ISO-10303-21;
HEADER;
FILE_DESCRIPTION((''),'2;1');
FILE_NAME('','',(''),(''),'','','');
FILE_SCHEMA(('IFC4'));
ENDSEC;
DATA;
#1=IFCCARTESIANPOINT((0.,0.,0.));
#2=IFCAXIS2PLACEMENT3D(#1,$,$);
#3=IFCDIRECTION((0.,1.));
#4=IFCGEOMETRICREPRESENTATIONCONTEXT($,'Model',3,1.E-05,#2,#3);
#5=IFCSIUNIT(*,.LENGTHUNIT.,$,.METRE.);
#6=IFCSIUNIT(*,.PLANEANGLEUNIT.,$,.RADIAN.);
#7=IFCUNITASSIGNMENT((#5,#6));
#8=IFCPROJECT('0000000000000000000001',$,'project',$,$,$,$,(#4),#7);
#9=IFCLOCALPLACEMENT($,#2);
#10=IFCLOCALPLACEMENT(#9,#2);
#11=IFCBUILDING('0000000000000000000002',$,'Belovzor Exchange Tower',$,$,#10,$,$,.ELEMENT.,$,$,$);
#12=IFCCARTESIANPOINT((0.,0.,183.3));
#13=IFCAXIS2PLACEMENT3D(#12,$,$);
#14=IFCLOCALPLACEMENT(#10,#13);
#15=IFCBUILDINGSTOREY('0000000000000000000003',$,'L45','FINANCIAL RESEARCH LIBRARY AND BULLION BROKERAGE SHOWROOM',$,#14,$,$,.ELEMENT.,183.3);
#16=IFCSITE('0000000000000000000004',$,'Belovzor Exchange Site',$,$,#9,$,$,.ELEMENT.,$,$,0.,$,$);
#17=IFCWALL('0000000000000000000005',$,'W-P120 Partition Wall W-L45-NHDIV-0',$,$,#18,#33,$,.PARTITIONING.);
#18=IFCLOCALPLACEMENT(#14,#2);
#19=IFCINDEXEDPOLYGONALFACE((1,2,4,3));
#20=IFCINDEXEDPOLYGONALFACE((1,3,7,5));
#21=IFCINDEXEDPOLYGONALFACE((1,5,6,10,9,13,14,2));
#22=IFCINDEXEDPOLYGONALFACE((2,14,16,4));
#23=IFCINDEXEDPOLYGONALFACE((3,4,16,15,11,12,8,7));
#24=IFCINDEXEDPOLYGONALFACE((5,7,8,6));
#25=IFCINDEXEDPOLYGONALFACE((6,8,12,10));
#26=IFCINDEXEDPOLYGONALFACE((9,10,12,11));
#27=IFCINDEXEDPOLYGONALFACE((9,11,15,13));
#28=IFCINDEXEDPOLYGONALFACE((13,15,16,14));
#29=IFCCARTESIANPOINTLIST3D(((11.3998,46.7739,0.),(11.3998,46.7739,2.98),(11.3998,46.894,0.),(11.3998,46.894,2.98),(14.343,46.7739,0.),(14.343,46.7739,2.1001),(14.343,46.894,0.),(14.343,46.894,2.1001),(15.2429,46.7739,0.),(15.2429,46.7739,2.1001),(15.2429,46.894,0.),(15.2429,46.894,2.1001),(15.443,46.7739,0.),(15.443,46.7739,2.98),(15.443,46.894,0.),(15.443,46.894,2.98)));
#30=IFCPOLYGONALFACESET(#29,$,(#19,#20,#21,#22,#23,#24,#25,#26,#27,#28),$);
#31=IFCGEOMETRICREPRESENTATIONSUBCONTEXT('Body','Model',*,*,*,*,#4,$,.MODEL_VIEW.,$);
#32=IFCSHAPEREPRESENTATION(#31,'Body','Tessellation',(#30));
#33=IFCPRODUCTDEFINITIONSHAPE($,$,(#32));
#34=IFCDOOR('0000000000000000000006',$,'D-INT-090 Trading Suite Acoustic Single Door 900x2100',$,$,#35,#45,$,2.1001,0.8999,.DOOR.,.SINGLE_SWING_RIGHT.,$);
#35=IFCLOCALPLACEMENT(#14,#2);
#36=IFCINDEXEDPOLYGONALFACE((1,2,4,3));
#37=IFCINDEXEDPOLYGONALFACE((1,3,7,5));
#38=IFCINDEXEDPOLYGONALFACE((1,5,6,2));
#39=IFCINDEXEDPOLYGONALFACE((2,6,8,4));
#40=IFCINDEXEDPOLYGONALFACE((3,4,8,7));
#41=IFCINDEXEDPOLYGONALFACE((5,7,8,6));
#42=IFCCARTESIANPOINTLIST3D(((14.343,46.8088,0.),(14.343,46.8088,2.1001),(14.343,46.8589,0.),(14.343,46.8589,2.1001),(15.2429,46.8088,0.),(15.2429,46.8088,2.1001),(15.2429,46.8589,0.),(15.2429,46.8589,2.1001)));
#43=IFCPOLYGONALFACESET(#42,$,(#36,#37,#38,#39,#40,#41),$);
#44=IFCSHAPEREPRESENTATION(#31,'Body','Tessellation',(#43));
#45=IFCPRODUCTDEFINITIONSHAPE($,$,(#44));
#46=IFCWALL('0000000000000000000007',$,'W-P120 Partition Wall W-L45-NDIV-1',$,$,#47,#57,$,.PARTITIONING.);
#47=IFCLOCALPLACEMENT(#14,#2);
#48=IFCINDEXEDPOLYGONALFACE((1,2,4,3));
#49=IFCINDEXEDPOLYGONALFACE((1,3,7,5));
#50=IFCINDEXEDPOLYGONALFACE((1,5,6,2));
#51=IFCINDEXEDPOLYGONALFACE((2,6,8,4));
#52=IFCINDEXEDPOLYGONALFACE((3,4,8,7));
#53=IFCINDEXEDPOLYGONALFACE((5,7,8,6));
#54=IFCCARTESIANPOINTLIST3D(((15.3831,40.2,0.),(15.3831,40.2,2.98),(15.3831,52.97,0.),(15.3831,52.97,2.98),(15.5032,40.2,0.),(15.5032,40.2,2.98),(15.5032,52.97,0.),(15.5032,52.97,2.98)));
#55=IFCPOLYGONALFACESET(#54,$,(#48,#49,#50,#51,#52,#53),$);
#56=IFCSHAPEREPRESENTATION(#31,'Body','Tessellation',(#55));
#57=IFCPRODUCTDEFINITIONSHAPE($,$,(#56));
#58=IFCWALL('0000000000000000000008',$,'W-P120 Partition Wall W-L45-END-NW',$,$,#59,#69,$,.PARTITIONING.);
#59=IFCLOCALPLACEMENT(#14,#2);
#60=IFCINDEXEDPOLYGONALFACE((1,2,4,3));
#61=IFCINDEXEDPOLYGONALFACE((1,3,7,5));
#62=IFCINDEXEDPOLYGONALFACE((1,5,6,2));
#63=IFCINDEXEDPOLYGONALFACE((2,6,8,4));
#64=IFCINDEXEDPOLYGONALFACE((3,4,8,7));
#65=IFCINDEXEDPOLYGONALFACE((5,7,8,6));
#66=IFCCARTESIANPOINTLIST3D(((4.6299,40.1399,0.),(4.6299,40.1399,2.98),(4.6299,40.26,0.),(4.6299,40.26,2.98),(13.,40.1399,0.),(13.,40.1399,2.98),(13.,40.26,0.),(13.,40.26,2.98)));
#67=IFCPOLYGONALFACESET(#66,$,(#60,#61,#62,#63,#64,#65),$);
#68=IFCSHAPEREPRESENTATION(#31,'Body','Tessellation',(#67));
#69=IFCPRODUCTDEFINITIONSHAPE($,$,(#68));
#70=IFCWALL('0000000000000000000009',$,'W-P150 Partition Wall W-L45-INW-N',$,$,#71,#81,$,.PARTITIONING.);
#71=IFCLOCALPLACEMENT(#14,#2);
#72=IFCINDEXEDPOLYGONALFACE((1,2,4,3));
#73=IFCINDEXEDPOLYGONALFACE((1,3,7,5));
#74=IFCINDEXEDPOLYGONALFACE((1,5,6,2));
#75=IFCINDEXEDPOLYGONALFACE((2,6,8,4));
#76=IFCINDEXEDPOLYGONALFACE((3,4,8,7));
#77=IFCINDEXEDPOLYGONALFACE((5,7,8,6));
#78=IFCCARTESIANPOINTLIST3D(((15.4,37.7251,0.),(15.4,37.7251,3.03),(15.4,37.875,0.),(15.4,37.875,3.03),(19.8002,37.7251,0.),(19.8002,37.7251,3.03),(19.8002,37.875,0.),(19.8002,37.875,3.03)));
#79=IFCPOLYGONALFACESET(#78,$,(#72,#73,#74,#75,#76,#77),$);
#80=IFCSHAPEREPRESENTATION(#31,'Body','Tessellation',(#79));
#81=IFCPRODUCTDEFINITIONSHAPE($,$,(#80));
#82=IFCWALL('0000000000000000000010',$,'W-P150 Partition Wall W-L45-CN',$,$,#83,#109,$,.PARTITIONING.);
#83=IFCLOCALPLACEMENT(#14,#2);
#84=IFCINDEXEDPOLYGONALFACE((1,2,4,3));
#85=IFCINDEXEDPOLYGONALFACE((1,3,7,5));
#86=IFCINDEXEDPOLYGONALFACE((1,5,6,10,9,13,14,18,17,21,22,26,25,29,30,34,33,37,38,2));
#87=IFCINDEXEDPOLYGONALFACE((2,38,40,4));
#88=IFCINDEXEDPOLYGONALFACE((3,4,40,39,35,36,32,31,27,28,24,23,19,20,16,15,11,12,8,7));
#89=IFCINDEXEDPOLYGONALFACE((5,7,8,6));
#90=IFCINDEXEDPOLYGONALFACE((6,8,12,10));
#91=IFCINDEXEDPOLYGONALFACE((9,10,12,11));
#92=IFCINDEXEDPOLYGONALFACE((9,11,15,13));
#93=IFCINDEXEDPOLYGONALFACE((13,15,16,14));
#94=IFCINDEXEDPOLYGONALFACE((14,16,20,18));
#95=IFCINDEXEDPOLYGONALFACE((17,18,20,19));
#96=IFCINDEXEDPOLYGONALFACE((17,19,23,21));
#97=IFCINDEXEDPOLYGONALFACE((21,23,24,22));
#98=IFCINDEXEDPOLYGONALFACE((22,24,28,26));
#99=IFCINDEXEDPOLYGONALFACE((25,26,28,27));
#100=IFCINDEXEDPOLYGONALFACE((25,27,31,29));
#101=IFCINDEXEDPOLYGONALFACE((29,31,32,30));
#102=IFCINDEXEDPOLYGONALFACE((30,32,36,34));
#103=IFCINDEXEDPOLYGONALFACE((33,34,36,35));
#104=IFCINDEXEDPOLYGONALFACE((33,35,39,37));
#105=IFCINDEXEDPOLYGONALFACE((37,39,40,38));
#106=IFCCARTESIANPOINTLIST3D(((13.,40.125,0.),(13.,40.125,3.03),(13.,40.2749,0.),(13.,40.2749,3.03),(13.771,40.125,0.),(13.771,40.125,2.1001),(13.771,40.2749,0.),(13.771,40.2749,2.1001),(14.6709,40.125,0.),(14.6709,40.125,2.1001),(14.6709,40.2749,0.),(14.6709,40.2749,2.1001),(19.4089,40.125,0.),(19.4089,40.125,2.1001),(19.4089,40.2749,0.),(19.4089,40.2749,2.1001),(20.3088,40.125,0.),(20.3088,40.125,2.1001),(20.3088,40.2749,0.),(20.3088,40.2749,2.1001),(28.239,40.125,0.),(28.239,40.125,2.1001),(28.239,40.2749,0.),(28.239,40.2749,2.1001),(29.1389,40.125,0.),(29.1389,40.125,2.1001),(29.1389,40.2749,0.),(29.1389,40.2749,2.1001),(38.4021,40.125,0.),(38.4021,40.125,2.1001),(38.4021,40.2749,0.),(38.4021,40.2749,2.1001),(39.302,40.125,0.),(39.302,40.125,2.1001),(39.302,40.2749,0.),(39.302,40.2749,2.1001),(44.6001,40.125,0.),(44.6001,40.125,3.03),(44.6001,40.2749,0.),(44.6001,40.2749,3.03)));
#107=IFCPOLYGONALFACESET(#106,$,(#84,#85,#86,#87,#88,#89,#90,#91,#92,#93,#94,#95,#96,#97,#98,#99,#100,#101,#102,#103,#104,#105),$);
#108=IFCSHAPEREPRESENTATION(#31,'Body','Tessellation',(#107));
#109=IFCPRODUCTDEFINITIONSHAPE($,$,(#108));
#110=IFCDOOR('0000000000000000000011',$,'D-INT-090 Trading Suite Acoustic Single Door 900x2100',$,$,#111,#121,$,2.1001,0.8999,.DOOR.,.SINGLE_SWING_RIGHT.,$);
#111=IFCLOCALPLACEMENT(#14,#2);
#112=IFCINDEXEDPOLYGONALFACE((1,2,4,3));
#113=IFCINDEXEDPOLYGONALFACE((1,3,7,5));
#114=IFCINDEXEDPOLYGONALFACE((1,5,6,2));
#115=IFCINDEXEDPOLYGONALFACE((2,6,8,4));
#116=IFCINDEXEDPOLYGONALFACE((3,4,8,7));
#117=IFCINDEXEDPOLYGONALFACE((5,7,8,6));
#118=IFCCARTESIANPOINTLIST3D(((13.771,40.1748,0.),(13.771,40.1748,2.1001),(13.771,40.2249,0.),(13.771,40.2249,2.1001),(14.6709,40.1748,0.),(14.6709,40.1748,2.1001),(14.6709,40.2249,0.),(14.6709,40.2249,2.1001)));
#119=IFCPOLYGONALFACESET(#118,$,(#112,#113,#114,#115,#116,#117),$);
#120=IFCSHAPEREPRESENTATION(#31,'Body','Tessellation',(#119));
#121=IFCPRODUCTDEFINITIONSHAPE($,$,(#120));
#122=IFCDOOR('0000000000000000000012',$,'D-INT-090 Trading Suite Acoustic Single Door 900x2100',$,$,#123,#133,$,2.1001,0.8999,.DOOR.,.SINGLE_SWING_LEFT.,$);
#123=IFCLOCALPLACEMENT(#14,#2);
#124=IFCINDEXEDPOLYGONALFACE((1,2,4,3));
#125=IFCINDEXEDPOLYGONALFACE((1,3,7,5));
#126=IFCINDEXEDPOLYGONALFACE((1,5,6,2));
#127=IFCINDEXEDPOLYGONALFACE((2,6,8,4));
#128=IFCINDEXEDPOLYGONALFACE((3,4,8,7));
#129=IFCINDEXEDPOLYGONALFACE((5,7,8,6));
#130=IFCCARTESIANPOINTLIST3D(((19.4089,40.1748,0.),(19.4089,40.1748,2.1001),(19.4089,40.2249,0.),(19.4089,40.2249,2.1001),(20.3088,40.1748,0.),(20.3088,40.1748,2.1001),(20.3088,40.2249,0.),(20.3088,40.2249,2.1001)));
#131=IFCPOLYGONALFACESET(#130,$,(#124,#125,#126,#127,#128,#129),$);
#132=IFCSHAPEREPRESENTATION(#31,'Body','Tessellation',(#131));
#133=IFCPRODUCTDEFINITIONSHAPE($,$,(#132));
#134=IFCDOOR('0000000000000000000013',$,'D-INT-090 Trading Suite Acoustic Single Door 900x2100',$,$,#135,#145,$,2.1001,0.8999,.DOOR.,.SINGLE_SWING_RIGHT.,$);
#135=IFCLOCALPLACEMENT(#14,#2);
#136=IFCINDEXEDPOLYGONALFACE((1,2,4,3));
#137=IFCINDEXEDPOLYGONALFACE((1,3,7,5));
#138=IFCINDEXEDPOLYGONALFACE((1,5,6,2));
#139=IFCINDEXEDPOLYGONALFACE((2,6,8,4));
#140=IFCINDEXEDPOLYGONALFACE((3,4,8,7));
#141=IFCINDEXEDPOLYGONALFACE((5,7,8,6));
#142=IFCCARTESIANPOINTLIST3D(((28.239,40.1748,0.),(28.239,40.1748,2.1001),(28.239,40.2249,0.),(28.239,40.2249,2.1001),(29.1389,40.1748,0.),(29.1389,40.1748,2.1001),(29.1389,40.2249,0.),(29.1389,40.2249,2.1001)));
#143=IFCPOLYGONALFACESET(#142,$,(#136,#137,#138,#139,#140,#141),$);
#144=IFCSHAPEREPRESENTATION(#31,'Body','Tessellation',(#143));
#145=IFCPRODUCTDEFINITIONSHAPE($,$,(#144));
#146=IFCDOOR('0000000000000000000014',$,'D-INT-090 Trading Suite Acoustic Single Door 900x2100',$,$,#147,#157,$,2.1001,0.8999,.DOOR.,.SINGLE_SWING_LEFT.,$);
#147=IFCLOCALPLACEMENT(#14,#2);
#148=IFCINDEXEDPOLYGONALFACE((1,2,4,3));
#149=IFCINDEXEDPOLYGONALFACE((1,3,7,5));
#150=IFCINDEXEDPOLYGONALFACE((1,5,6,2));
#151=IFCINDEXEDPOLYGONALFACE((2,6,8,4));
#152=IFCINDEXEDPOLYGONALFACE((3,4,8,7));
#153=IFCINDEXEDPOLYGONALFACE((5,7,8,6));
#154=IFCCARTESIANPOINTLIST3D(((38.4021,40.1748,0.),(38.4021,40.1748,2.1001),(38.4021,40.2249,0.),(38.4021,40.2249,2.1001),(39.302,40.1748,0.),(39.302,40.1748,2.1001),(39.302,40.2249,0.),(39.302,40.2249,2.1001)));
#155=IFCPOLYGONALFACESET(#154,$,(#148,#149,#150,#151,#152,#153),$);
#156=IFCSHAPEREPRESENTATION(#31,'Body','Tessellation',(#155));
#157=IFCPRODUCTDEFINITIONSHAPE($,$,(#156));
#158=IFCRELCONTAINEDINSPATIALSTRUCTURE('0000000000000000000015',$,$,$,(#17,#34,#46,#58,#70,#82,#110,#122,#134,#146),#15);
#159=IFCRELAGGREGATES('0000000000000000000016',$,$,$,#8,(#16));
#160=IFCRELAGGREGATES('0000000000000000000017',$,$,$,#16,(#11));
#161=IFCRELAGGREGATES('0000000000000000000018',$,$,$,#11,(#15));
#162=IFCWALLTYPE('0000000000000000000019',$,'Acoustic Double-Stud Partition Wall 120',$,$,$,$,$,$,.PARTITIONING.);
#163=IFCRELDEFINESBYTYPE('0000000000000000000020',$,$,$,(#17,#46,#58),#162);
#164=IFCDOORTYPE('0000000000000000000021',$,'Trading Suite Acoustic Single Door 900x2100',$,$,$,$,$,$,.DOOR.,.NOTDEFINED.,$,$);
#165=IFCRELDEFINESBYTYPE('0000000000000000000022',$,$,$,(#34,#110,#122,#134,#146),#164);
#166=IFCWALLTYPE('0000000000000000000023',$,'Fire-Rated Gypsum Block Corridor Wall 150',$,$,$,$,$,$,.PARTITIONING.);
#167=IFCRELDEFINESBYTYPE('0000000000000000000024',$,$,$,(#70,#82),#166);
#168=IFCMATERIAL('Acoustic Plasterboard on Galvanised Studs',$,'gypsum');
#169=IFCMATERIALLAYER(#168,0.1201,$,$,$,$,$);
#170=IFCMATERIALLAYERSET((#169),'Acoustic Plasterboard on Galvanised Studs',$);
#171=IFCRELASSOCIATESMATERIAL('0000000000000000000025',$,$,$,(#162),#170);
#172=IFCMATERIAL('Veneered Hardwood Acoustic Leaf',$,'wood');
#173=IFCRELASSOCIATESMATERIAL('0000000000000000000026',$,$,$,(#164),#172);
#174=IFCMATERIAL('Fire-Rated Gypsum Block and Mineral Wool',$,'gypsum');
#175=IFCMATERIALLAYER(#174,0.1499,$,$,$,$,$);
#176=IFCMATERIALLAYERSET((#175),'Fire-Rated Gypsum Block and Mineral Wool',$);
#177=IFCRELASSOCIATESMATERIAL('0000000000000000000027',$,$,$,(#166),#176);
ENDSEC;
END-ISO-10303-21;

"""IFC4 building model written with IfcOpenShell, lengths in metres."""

from ifc_helpers import new_model, si_unit, direction, frame, frame_2d, origin, place, context, subcontext, project, spatial, rectangle, extrude, material, layer, layer_set, type_object, element, fill, save


model = new_model("IFC4")

# Units and contexts
model_context = context("Model", 3, precision=1e-05, world=origin(), true_north=direction((0.0, 1.0)))
body_context = subcontext(model_context, "Body", "Model", "MODEL_VIEW")
ifc_project = project(units=[si_unit("LENGTHUNIT", "METRE"), si_unit("PLANEANGLEUNIT", "RADIAN")], contexts=[model_context])

# Site, building, storey
site_placement = place(None, origin())
site = spatial("IfcSite", under=ifc_project, at=site_placement, Name="Belovzor Exchange Site", CompositionType="ELEMENT", RefElevation=0.0)
building_placement = place(site_placement, origin())
building = spatial("IfcBuilding", under=site, at=building_placement, Name="Belovzor Exchange Tower", CompositionType="ELEMENT")
storey_placement = place(building_placement, frame((0.0, 0.0, 183.3)))
storey = spatial("IfcBuildingStorey", under=building, at=storey_placement, Name="L45", Description="FINANCIAL RESEARCH LIBRARY AND BULLION BROKERAGE SHOWROOM", CompositionType="ELEMENT", Elevation=183.3)

# Wall, opening, door
ifc_material_1 = material(Name="Acoustic Plasterboard on Galvanised Studs", Category="gypsum")
ifc_layer_1 = layer(ifc_material_1, 0.1201)
ifc_layer_set_1 = layer_set([ifc_layer_1], Name="Acoustic Plasterboard on Galvanised Studs")
wall_type_1 = type_object("IfcWallType", Name="Acoustic Double-Stud Partition Wall 120", PredefinedType="PARTITIONING", material=ifc_layer_set_1)
wall_1_placement = place(storey_placement, frame((11.3999, 46.834, 0.0), z_axis=(0.0, 0.0, 1.0), x_axis=(1.0, 0.0, 0.0)))
wall_1 = element("IfcWall", 1, at=wall_1_placement, inside=storey, type_object=wall_type_1, Name="W-P120 Partition Wall W-L45-NHDIV-0", PredefinedType="PARTITIONING", context=body_context, shape_type="SweptSolid", body=[
    extrude(rectangle(XDim=4.0432, YDim=0.1201, at=frame_2d((2.0215, 0.0))), origin(), (0.0, 0.0, 1.0), 2.98),
])
opening_1_placement = place(wall_1_placement, frame((2.9431, 0.0, 0.0)))
opening_1 = element("IfcOpeningElement", 2, at=opening_1_placement, cuts=wall_1, PredefinedType="OPENING", context=body_context, shape_type="SweptSolid", body=[
    extrude(rectangle(XDim=0.8999, YDim=2.1001, at=frame_2d((0.45, 1.05))), frame((0.0, 0.0701, 0.0), z_axis=(0.0, -1.0, 0.0), x_axis=(1.0, 0.0, 0.0)), (0.0, 0.0, 1.0), 0.1401),
])
ifc_material_2 = material(Name="Veneered Hardwood Acoustic Leaf", Category="wood")
door_type = type_object("IfcDoorType", Name="Trading Suite Acoustic Single Door 900x2100", OperationType="NOTDEFINED", PredefinedType="DOOR", material=ifc_material_2)
door_1_placement = place(opening_1_placement, origin())
door_1 = element("IfcDoor", 3, at=door_1_placement, inside=storey, type_object=door_type, Name="D-INT-090 Trading Suite Acoustic Single Door 900x2100", OperationType="SINGLE_SWING_RIGHT", OverallHeight=2.1001, OverallWidth=0.8999, PredefinedType="DOOR", context=body_context, shape_type="SweptSolid", body=[
    extrude(rectangle(XDim=0.8999, YDim=2.1001, at=frame_2d((0.45, 1.05))), frame((0.0, 0.0249, 0.0), z_axis=(0.0, -1.0, 0.0), x_axis=(1.0, 0.0, 0.0)), (0.0, 0.0, 1.0), 0.05),
])
fill(opening_1, door_1)

# Walls
wall_2_placement = place(storey_placement, frame((15.4431, 40.2, 0.0), z_axis=(0.0, 0.0, 1.0), x_axis=(0.0, 1.0, 0.0)))
element("IfcWall", 4, at=wall_2_placement, inside=storey, type_object=wall_type_1, Name="W-P120 Partition Wall W-L45-NDIV-1", PredefinedType="PARTITIONING", context=body_context, shape_type="SweptSolid", body=[
    extrude(rectangle(XDim=12.77, YDim=0.1201, at=frame_2d((6.385, 0.0))), origin(), (0.0, 0.0, 1.0), 2.98),
])
wall_3_placement = place(storey_placement, frame((4.6299, 40.2, 0.0), z_axis=(0.0, 0.0, 1.0), x_axis=(1.0, 0.0, 0.0)))
element("IfcWall", 5, at=wall_3_placement, inside=storey, type_object=wall_type_1, Name="W-P120 Partition Wall W-L45-END-NW", PredefinedType="PARTITIONING", context=body_context, shape_type="SweptSolid", body=[
    extrude(rectangle(XDim=8.3701, YDim=0.1201, at=frame_2d((4.1851, 0.0))), origin(), (0.0, 0.0, 1.0), 2.98),
])
ifc_material_3 = material(Name="Fire-Rated Gypsum Block and Mineral Wool", Category="gypsum")
ifc_layer_2 = layer(ifc_material_3, 0.1499)
ifc_layer_set_2 = layer_set([ifc_layer_2], Name="Fire-Rated Gypsum Block and Mineral Wool")
wall_type_2 = type_object("IfcWallType", Name="Fire-Rated Gypsum Block Corridor Wall 150", PredefinedType="PARTITIONING", material=ifc_layer_set_2)
wall_4_placement = place(storey_placement, frame((15.3999, 37.8, 0.0), z_axis=(0.0, 0.0, 1.0), x_axis=(1.0, 0.0, 0.0)))
element("IfcWall", 6, at=wall_4_placement, inside=storey, type_object=wall_type_2, Name="W-P150 Partition Wall W-L45-INW-N", PredefinedType="PARTITIONING", context=body_context, shape_type="SweptSolid", body=[
    extrude(rectangle(XDim=4.4001, YDim=0.1499, at=frame_2d((2.2002, 0.0))), origin(), (0.0, 0.0, 1.0), 3.03),
])

# Wall, openings, doors
wall_5_placement = place(storey_placement, frame((13.0, 40.2, 0.0), z_axis=(0.0, 0.0, 1.0), x_axis=(1.0, 0.0, 0.0)))
wall_5 = element("IfcWall", 7, at=wall_5_placement, inside=storey, type_object=wall_type_2, Name="W-P150 Partition Wall W-L45-CN", PredefinedType="PARTITIONING", context=body_context, shape_type="SweptSolid", body=[
    extrude(rectangle(XDim=31.6001, YDim=0.1499, at=frame_2d((15.8, 0.0))), origin(), (0.0, 0.0, 1.0), 3.03),
])
opening_2_placement = place(wall_5_placement, frame((0.771, 0.0, 0.0)))
opening_2 = element("IfcOpeningElement", 8, at=opening_2_placement, cuts=wall_5, PredefinedType="OPENING", context=body_context, shape_type="SweptSolid", body=[
    extrude(rectangle(XDim=0.8999, YDim=2.1001, at=frame_2d((0.45, 1.05))), frame((0.0, 0.085, 0.0), z_axis=(0.0, -1.0, 0.0), x_axis=(1.0, 0.0, 0.0)), (0.0, 0.0, 1.0), 0.1699),
])
opening_3_placement = place(wall_5_placement, frame((6.4089, 0.0, 0.0)))
opening_3 = element("IfcOpeningElement", 9, at=opening_3_placement, cuts=wall_5, PredefinedType="OPENING", context=body_context, shape_type="SweptSolid", body=[
    extrude(rectangle(XDim=0.8999, YDim=2.1001, at=frame_2d((0.45, 1.05))), frame((0.0, 0.085, 0.0), z_axis=(0.0, -1.0, 0.0), x_axis=(1.0, 0.0, 0.0)), (0.0, 0.0, 1.0), 0.1699),
])
opening_4_placement = place(wall_5_placement, frame((15.239, 0.0, 0.0)))
opening_4 = element("IfcOpeningElement", 10, at=opening_4_placement, cuts=wall_5, PredefinedType="OPENING", context=body_context, shape_type="SweptSolid", body=[
    extrude(rectangle(XDim=0.8999, YDim=2.1001, at=frame_2d((0.45, 1.05))), frame((0.0, 0.085, 0.0), z_axis=(0.0, -1.0, 0.0), x_axis=(1.0, 0.0, 0.0)), (0.0, 0.0, 1.0), 0.1699),
])
opening_5_placement = place(wall_5_placement, frame((25.4021, 0.0, 0.0)))
opening_5 = element("IfcOpeningElement", 11, at=opening_5_placement, cuts=wall_5, PredefinedType="OPENING", context=body_context, shape_type="SweptSolid", body=[
    extrude(rectangle(XDim=0.8999, YDim=2.1001, at=frame_2d((0.45, 1.05))), frame((0.0, 0.085, 0.0), z_axis=(0.0, -1.0, 0.0), x_axis=(1.0, 0.0, 0.0)), (0.0, 0.0, 1.0), 0.1699),
])
door_2_placement = place(opening_2_placement, origin())
door_2 = element("IfcDoor", 12, at=door_2_placement, inside=storey, type_object=door_type, Name="D-INT-090 Trading Suite Acoustic Single Door 900x2100", OperationType="SINGLE_SWING_RIGHT", OverallHeight=2.1001, OverallWidth=0.8999, PredefinedType="DOOR", context=body_context, shape_type="SweptSolid", body=[
    extrude(rectangle(XDim=0.8999, YDim=2.1001, at=frame_2d((0.45, 1.05))), frame((0.0, 0.0249, 0.0), z_axis=(0.0, -1.0, 0.0), x_axis=(1.0, 0.0, 0.0)), (0.0, 0.0, 1.0), 0.05),
])
fill(opening_2, door_2)
door_3_placement = place(opening_3_placement, origin())
door_3 = element("IfcDoor", 13, at=door_3_placement, inside=storey, type_object=door_type, Name="D-INT-090 Trading Suite Acoustic Single Door 900x2100", OperationType="SINGLE_SWING_LEFT", OverallHeight=2.1001, OverallWidth=0.8999, PredefinedType="DOOR", context=body_context, shape_type="SweptSolid", body=[
    extrude(rectangle(XDim=0.8999, YDim=2.1001, at=frame_2d((0.45, 1.05))), frame((0.0, 0.0249, 0.0), z_axis=(0.0, -1.0, 0.0), x_axis=(1.0, 0.0, 0.0)), (0.0, 0.0, 1.0), 0.05),
])
fill(opening_3, door_3)
door_4_placement = place(opening_4_placement, origin())
door_4 = element("IfcDoor", 14, at=door_4_placement, inside=storey, type_object=door_type, Name="D-INT-090 Trading Suite Acoustic Single Door 900x2100", OperationType="SINGLE_SWING_RIGHT", OverallHeight=2.1001, OverallWidth=0.8999, PredefinedType="DOOR", context=body_context, shape_type="SweptSolid", body=[
    extrude(rectangle(XDim=0.8999, YDim=2.1001, at=frame_2d((0.45, 1.05))), frame((0.0, 0.0249, 0.0), z_axis=(0.0, -1.0, 0.0), x_axis=(1.0, 0.0, 0.0)), (0.0, 0.0, 1.0), 0.05),
])
fill(opening_4, door_4)
door_5_placement = place(opening_5_placement, origin())
door_5 = element("IfcDoor", 15, at=door_5_placement, inside=storey, type_object=door_type, Name="D-INT-090 Trading Suite Acoustic Single Door 900x2100", OperationType="SINGLE_SWING_LEFT", OverallHeight=2.1001, OverallWidth=0.8999, PredefinedType="DOOR", context=body_context, shape_type="SweptSolid", body=[
    extrude(rectangle(XDim=0.8999, YDim=2.1001, at=frame_2d((0.45, 1.05))), frame((0.0, 0.0249, 0.0), z_axis=(0.0, -1.0, 0.0), x_axis=(1.0, 0.0, 0.0)), (0.0, 0.0, 1.0), 0.05),
])
fill(opening_5, door_5)

save(model, "model.ifc")
